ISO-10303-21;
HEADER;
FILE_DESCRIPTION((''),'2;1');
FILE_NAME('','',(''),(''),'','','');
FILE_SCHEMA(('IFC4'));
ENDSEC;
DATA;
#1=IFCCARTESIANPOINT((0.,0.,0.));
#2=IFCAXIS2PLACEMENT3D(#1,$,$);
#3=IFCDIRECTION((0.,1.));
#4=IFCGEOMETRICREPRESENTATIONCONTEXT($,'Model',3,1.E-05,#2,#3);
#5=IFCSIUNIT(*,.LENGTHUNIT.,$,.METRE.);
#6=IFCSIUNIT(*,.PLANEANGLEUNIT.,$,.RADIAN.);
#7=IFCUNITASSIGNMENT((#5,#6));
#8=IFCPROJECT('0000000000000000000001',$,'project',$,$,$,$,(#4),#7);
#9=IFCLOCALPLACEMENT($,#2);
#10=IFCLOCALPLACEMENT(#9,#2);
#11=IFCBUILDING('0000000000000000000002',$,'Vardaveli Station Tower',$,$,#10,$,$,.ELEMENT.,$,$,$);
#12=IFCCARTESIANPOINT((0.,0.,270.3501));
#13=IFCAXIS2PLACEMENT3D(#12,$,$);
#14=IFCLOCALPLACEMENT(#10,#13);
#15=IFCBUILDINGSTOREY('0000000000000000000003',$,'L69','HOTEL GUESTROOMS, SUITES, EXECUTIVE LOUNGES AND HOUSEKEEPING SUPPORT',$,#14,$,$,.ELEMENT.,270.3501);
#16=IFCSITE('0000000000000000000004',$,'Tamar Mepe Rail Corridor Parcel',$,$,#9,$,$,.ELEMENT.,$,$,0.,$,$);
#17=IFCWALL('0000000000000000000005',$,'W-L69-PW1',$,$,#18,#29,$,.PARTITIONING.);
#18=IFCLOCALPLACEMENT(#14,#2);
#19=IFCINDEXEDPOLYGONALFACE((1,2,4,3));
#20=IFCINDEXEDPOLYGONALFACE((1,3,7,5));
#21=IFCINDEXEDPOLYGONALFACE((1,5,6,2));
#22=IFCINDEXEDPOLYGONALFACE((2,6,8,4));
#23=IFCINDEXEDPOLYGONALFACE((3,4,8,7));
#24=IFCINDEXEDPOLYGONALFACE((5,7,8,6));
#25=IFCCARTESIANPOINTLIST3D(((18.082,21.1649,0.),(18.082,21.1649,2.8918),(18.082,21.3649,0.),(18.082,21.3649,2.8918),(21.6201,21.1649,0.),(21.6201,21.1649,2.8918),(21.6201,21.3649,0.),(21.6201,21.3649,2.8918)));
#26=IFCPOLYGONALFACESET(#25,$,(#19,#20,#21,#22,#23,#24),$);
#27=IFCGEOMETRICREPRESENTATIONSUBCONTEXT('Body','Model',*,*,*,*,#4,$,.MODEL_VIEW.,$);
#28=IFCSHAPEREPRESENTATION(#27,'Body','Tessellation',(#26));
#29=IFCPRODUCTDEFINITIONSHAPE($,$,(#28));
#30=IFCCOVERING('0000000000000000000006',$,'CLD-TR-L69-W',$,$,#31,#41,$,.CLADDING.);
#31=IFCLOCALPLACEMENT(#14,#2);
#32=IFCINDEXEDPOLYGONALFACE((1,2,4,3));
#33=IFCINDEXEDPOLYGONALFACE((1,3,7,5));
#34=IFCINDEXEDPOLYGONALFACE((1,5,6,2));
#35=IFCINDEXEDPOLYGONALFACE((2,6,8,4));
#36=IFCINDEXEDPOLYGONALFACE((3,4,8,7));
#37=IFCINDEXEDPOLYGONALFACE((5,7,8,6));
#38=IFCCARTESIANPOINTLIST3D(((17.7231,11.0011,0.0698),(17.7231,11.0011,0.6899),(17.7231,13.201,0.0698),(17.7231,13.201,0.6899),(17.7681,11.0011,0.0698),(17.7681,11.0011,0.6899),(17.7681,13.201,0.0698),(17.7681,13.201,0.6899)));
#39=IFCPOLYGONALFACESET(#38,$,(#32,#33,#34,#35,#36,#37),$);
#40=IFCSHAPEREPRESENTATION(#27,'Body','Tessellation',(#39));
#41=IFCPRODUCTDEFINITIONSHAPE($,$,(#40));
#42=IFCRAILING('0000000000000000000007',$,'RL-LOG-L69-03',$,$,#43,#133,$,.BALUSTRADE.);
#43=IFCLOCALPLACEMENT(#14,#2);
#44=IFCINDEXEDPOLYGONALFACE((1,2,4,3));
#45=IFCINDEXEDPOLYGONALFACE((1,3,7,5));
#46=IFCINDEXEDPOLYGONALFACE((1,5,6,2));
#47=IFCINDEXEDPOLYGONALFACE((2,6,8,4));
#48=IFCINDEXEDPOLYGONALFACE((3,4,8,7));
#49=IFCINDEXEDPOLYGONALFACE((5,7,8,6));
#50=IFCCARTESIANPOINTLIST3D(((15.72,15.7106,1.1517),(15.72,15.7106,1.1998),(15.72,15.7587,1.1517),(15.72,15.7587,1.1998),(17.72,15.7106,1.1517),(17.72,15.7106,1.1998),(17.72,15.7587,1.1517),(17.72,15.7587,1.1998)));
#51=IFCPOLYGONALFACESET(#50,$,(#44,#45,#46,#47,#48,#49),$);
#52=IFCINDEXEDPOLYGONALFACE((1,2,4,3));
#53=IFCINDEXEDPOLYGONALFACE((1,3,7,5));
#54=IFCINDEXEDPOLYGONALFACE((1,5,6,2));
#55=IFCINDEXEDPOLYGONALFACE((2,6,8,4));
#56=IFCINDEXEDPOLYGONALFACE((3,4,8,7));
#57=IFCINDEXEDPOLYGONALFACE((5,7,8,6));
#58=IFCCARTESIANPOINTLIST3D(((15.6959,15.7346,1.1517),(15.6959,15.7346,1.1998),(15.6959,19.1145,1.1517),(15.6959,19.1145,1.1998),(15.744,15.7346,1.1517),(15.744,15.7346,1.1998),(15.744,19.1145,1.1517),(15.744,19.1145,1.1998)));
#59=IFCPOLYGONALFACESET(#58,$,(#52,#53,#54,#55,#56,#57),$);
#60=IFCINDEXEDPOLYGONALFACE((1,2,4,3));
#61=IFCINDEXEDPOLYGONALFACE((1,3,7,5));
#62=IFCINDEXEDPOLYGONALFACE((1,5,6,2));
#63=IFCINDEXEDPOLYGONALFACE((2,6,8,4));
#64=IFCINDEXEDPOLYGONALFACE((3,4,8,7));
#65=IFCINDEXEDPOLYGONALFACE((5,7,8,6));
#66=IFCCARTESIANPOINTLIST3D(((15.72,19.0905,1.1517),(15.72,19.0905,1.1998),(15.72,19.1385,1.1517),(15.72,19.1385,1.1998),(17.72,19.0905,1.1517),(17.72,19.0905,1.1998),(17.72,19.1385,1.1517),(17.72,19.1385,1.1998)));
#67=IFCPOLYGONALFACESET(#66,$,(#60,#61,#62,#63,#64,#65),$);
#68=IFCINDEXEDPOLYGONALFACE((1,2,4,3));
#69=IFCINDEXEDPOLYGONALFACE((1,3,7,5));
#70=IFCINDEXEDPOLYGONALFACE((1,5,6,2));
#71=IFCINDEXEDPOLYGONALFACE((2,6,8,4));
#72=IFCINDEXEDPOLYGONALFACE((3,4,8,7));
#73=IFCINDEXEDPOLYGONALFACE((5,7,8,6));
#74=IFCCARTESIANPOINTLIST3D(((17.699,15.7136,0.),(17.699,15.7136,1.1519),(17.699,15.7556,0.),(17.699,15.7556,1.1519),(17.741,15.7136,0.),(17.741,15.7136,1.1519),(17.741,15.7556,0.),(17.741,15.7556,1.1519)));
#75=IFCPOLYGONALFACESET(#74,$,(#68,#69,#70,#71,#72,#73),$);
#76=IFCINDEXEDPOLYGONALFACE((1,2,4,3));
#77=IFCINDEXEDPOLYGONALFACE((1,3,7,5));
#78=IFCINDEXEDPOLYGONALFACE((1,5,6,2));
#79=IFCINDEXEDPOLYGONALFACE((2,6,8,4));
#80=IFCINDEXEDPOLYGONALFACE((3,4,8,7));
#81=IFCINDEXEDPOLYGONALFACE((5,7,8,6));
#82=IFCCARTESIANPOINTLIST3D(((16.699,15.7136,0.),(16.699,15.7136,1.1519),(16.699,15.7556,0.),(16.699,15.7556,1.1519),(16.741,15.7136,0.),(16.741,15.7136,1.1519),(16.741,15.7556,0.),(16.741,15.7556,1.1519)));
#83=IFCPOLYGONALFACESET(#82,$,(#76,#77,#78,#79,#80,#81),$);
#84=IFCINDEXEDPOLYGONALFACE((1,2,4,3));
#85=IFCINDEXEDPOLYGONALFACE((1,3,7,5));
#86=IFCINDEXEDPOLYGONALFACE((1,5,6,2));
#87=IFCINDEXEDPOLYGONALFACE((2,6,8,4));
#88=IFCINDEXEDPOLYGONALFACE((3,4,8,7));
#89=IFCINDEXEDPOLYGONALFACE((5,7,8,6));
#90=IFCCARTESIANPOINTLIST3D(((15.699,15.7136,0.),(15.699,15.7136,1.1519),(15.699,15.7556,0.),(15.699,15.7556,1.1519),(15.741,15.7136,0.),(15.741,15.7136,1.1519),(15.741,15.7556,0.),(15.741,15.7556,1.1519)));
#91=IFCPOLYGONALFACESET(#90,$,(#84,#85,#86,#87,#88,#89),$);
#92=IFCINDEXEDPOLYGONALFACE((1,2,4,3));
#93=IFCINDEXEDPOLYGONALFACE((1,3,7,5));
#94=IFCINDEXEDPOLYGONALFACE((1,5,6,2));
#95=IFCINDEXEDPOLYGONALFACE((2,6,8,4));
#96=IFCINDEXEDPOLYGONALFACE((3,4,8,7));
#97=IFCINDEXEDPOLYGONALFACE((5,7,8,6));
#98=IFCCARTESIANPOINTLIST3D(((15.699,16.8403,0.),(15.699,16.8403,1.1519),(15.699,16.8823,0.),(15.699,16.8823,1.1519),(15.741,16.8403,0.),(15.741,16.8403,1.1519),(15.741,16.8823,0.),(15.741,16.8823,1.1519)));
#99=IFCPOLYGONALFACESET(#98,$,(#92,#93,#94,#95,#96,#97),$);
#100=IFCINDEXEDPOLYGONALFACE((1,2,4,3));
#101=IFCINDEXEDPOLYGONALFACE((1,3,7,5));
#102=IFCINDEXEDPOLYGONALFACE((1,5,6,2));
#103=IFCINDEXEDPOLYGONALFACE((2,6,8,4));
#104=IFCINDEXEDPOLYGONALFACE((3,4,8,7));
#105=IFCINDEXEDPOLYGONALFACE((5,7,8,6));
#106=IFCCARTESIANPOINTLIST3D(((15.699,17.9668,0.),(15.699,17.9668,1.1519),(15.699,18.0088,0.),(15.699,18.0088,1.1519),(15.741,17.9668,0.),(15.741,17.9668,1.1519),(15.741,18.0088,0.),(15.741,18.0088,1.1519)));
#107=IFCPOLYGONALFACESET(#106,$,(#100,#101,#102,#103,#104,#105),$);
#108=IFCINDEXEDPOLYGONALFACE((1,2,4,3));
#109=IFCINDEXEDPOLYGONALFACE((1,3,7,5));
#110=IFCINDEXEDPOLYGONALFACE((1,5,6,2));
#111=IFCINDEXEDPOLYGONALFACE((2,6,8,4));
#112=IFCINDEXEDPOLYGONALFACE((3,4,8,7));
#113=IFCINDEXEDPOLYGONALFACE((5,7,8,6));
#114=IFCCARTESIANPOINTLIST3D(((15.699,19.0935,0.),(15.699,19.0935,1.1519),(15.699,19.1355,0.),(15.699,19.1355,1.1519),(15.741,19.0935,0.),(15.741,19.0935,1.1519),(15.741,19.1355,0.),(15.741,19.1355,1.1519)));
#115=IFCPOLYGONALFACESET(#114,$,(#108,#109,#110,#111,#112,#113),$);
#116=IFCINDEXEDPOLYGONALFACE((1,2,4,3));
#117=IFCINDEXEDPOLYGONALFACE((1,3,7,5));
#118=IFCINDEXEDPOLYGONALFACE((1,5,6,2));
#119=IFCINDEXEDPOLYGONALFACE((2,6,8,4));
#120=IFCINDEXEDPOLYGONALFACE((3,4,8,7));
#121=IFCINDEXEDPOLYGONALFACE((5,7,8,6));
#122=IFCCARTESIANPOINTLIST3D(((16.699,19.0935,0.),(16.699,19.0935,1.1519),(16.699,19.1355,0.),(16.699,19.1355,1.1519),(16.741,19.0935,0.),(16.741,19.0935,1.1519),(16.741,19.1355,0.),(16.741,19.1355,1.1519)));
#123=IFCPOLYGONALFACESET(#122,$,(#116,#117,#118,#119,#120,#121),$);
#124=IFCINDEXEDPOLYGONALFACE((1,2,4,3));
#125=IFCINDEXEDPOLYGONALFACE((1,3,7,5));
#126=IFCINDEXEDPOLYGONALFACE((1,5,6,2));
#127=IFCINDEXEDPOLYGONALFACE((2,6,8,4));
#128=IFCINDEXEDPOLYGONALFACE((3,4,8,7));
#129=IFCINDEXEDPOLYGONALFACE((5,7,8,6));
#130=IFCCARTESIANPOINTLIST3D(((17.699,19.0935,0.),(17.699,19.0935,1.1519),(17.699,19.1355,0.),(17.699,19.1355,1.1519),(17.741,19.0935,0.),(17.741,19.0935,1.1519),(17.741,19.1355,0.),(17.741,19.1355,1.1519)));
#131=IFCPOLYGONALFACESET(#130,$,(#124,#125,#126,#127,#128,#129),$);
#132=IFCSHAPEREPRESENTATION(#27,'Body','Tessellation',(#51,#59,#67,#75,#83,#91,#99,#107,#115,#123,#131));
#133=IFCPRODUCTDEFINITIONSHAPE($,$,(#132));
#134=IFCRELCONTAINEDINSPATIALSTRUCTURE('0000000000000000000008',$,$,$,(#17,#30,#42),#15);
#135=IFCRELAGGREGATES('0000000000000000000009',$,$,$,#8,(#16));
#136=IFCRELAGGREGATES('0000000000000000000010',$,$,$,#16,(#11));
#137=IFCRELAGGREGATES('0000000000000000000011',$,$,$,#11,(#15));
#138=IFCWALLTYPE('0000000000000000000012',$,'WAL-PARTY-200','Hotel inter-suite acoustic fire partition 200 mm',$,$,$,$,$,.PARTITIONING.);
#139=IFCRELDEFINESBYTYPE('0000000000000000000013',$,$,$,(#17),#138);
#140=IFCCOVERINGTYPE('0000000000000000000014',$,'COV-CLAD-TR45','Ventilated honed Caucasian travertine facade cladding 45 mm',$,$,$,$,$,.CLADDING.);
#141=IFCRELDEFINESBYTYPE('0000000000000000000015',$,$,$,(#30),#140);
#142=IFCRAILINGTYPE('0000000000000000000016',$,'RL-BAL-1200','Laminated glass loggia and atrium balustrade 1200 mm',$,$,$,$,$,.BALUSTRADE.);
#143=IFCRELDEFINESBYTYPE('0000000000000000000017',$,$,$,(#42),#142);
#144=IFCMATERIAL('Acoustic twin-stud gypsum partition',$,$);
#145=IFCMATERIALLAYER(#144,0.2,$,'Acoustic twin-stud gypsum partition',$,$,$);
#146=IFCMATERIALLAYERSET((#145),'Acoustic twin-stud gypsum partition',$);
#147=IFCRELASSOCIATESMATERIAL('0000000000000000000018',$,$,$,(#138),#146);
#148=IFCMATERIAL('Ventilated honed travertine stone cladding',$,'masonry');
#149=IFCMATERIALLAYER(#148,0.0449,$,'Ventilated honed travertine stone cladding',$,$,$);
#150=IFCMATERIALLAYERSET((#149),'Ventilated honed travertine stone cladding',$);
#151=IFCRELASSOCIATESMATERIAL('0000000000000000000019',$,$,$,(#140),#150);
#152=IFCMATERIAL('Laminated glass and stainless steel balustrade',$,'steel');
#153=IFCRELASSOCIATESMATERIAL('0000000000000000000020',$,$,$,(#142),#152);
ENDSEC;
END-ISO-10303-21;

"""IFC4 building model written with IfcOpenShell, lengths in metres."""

from ifc_helpers import new_model, si_unit, direction, frame, frame_2d, origin, origin_2d, place, context, subcontext, project, spatial, rectangle, extrude, source, transform, mapped, material, layer, layer_set, type_object, element, save


model = new_model("IFC4")

# Units and contexts
model_context = context("Model", 3, precision=1e-05, world=origin(), true_north=direction((0.0, 1.0)))
body_context = subcontext(model_context, "Body", "Model", "MODEL_VIEW")
ifc_project = project(units=[si_unit("LENGTHUNIT", "METRE"), si_unit("PLANEANGLEUNIT", "RADIAN")], contexts=[model_context])

# Site, building, storey
site_placement = place(None, origin())
site = spatial("IfcSite", under=ifc_project, at=site_placement, Name="Tamar Mepe Rail Corridor Parcel", CompositionType="ELEMENT", RefElevation=0.0)
building_placement = place(site_placement, origin())
building = spatial("IfcBuilding", under=site, at=building_placement, Name="Vardaveli Station Tower", CompositionType="ELEMENT")
storey_placement = place(building_placement, frame((0.0, 0.0, 270.3501)))
storey = spatial("IfcBuildingStorey", under=building, at=storey_placement, Name="L69", Description="HOTEL GUESTROOMS, SUITES, EXECUTIVE LOUNGES AND HOUSEKEEPING SUPPORT", CompositionType="ELEMENT", Elevation=270.3501)

# Wall
ifc_material_1 = material(Name="Acoustic twin-stud gypsum partition")
ifc_layer_1 = layer(ifc_material_1, 0.2, Name="Acoustic twin-stud gypsum partition")
ifc_layer_set_1 = layer_set([ifc_layer_1], Name="Acoustic twin-stud gypsum partition")
wall_type_1 = type_object("IfcWallType", Name="WAL-PARTY-200", Description="Hotel inter-suite acoustic fire partition 200 mm", PredefinedType="PARTITIONING", material=ifc_layer_set_1)
shared_shape_1 = source(origin(), body_context, "Body", "SweptSolid", [
    extrude(rectangle(XDim=3.5381, YDim=0.2, at=frame_2d((1.769, 0.0))), origin(), (0.0, 0.0, 1.0), 2.8918),
])
wall_1_placement = place(storey_placement, frame((18.082, 21.2649, 0.0), z_axis=(0.0, 0.0, 1.0), x_axis=(1.0, 0.0, 0.0)))
element("IfcWall", 1, at=wall_1_placement, inside=storey, type_object=wall_type_1, Name="W-L69-PW1", PredefinedType="PARTITIONING", context=body_context, shape_type="MappedRepresentation", body=[
    mapped(shared_shape_1, transform((0.0, 0.0, 0.0), scale=1.0)),
])

# Covering
ifc_material_2 = material(Name="Ventilated honed travertine stone cladding", Category="masonry")
ifc_layer_2 = layer(ifc_material_2, 0.0449, Name="Ventilated honed travertine stone cladding")
ifc_layer_set_2 = layer_set([ifc_layer_2], Name="Ventilated honed travertine stone cladding")
covering_type = type_object("IfcCoveringType", Name="COV-CLAD-TR45", Description="Ventilated honed Caucasian travertine facade cladding 45 mm", PredefinedType="CLADDING", material=ifc_layer_set_2)
shared_shape_2 = source(origin(), body_context, "Body", "SweptSolid", [
    extrude(rectangle(XDim=2.2, YDim=0.0449, at=origin_2d()), origin(), (0.0, 0.0, 1.0), 0.6201),
])
covering_placement = place(storey_placement, frame((17.7456, 12.1011, 0.0698), z_axis=(0.0, 0.0, 1.0), x_axis=(0.0, 1.0, 0.0)))
element("IfcCovering", 2, at=covering_placement, inside=storey, type_object=covering_type, Name="CLD-TR-L69-W", PredefinedType="CLADDING", context=body_context, shape_type="MappedRepresentation", body=[
    mapped(shared_shape_2, transform((0.0, 0.0, 0.0), scale=1.0)),
])

# Railing
ifc_material_3 = material(Name="Laminated glass and stainless steel balustrade", Category="steel")
railing_type = type_object("IfcRailingType", Name="RL-BAL-1200", Description="Laminated glass loggia and atrium balustrade 1200 mm", PredefinedType="BALUSTRADE", material=ifc_material_3)
shared_shape_3 = source(origin(), body_context, "Body", "SweptSolid", [
    extrude(rectangle(XDim=0.0481, YDim=0.0481, at=origin_2d()), frame((0.0, 0.0, 1.1758), z_axis=(-1.0, 0.0, 0.0), x_axis=(0.0, -1.0, 0.0)), (0.0, 0.0, 1.0), 2.0),
    extrude(rectangle(XDim=0.0481, YDim=0.0481, at=origin_2d()), frame((-2.0, 0.0, 1.1758), z_axis=(0.0, 1.0, 0.0), x_axis=(-1.0, 0.0, 0.0)), (0.0, 0.0, 1.0), 3.3799),
    extrude(rectangle(XDim=0.0481, YDim=0.0481, at=origin_2d()), frame((-2.0, 3.3799, 1.1758), z_axis=(1.0, 0.0, 0.0), x_axis=(0.0, 1.0, 0.0)), (0.0, 0.0, 1.0), 2.0),
    extrude(rectangle(XDim=0.042, YDim=0.042, at=origin_2d()), origin(), (0.0, 0.0, 1.0), 1.1519),
    extrude(rectangle(XDim=0.042, YDim=0.042, at=origin_2d()), frame((-1.0, 0.0, 0.0)), (0.0, 0.0, 1.0), 1.1519),
    extrude(rectangle(XDim=0.042, YDim=0.042, at=origin_2d()), frame((-2.0, 0.0, 0.0)), (0.0, 0.0, 1.0), 1.1519),
    extrude(rectangle(XDim=0.042, YDim=0.042, at=origin_2d()), frame((-2.0, 1.1267, 0.0)), (0.0, 0.0, 1.0), 1.1519),
    extrude(rectangle(XDim=0.042, YDim=0.042, at=origin_2d()), frame((-2.0, 2.2532, 0.0)), (0.0, 0.0, 1.0), 1.1519),
    extrude(rectangle(XDim=0.042, YDim=0.042, at=origin_2d()), frame((-2.0, 3.3799, 0.0)), (0.0, 0.0, 1.0), 1.1519),
    extrude(rectangle(XDim=0.042, YDim=0.042, at=origin_2d()), frame((-1.0, 3.3799, 0.0)), (0.0, 0.0, 1.0), 1.1519),
    extrude(rectangle(XDim=0.042, YDim=0.042, at=origin_2d()), frame((0.0, 3.3799, 0.0)), (0.0, 0.0, 1.0), 1.1519),
])
railing_placement = place(storey_placement, frame((17.72, 15.7346, 0.0)))
element("IfcRailing", 3, at=railing_placement, inside=storey, type_object=railing_type, Name="RL-LOG-L69-03", PredefinedType="BALUSTRADE", context=body_context, shape_type="MappedRepresentation", body=[
    mapped(shared_shape_3, transform((0.0, 0.0, 0.0), scale=1.0)),
])

save(model, "model.ifc")
